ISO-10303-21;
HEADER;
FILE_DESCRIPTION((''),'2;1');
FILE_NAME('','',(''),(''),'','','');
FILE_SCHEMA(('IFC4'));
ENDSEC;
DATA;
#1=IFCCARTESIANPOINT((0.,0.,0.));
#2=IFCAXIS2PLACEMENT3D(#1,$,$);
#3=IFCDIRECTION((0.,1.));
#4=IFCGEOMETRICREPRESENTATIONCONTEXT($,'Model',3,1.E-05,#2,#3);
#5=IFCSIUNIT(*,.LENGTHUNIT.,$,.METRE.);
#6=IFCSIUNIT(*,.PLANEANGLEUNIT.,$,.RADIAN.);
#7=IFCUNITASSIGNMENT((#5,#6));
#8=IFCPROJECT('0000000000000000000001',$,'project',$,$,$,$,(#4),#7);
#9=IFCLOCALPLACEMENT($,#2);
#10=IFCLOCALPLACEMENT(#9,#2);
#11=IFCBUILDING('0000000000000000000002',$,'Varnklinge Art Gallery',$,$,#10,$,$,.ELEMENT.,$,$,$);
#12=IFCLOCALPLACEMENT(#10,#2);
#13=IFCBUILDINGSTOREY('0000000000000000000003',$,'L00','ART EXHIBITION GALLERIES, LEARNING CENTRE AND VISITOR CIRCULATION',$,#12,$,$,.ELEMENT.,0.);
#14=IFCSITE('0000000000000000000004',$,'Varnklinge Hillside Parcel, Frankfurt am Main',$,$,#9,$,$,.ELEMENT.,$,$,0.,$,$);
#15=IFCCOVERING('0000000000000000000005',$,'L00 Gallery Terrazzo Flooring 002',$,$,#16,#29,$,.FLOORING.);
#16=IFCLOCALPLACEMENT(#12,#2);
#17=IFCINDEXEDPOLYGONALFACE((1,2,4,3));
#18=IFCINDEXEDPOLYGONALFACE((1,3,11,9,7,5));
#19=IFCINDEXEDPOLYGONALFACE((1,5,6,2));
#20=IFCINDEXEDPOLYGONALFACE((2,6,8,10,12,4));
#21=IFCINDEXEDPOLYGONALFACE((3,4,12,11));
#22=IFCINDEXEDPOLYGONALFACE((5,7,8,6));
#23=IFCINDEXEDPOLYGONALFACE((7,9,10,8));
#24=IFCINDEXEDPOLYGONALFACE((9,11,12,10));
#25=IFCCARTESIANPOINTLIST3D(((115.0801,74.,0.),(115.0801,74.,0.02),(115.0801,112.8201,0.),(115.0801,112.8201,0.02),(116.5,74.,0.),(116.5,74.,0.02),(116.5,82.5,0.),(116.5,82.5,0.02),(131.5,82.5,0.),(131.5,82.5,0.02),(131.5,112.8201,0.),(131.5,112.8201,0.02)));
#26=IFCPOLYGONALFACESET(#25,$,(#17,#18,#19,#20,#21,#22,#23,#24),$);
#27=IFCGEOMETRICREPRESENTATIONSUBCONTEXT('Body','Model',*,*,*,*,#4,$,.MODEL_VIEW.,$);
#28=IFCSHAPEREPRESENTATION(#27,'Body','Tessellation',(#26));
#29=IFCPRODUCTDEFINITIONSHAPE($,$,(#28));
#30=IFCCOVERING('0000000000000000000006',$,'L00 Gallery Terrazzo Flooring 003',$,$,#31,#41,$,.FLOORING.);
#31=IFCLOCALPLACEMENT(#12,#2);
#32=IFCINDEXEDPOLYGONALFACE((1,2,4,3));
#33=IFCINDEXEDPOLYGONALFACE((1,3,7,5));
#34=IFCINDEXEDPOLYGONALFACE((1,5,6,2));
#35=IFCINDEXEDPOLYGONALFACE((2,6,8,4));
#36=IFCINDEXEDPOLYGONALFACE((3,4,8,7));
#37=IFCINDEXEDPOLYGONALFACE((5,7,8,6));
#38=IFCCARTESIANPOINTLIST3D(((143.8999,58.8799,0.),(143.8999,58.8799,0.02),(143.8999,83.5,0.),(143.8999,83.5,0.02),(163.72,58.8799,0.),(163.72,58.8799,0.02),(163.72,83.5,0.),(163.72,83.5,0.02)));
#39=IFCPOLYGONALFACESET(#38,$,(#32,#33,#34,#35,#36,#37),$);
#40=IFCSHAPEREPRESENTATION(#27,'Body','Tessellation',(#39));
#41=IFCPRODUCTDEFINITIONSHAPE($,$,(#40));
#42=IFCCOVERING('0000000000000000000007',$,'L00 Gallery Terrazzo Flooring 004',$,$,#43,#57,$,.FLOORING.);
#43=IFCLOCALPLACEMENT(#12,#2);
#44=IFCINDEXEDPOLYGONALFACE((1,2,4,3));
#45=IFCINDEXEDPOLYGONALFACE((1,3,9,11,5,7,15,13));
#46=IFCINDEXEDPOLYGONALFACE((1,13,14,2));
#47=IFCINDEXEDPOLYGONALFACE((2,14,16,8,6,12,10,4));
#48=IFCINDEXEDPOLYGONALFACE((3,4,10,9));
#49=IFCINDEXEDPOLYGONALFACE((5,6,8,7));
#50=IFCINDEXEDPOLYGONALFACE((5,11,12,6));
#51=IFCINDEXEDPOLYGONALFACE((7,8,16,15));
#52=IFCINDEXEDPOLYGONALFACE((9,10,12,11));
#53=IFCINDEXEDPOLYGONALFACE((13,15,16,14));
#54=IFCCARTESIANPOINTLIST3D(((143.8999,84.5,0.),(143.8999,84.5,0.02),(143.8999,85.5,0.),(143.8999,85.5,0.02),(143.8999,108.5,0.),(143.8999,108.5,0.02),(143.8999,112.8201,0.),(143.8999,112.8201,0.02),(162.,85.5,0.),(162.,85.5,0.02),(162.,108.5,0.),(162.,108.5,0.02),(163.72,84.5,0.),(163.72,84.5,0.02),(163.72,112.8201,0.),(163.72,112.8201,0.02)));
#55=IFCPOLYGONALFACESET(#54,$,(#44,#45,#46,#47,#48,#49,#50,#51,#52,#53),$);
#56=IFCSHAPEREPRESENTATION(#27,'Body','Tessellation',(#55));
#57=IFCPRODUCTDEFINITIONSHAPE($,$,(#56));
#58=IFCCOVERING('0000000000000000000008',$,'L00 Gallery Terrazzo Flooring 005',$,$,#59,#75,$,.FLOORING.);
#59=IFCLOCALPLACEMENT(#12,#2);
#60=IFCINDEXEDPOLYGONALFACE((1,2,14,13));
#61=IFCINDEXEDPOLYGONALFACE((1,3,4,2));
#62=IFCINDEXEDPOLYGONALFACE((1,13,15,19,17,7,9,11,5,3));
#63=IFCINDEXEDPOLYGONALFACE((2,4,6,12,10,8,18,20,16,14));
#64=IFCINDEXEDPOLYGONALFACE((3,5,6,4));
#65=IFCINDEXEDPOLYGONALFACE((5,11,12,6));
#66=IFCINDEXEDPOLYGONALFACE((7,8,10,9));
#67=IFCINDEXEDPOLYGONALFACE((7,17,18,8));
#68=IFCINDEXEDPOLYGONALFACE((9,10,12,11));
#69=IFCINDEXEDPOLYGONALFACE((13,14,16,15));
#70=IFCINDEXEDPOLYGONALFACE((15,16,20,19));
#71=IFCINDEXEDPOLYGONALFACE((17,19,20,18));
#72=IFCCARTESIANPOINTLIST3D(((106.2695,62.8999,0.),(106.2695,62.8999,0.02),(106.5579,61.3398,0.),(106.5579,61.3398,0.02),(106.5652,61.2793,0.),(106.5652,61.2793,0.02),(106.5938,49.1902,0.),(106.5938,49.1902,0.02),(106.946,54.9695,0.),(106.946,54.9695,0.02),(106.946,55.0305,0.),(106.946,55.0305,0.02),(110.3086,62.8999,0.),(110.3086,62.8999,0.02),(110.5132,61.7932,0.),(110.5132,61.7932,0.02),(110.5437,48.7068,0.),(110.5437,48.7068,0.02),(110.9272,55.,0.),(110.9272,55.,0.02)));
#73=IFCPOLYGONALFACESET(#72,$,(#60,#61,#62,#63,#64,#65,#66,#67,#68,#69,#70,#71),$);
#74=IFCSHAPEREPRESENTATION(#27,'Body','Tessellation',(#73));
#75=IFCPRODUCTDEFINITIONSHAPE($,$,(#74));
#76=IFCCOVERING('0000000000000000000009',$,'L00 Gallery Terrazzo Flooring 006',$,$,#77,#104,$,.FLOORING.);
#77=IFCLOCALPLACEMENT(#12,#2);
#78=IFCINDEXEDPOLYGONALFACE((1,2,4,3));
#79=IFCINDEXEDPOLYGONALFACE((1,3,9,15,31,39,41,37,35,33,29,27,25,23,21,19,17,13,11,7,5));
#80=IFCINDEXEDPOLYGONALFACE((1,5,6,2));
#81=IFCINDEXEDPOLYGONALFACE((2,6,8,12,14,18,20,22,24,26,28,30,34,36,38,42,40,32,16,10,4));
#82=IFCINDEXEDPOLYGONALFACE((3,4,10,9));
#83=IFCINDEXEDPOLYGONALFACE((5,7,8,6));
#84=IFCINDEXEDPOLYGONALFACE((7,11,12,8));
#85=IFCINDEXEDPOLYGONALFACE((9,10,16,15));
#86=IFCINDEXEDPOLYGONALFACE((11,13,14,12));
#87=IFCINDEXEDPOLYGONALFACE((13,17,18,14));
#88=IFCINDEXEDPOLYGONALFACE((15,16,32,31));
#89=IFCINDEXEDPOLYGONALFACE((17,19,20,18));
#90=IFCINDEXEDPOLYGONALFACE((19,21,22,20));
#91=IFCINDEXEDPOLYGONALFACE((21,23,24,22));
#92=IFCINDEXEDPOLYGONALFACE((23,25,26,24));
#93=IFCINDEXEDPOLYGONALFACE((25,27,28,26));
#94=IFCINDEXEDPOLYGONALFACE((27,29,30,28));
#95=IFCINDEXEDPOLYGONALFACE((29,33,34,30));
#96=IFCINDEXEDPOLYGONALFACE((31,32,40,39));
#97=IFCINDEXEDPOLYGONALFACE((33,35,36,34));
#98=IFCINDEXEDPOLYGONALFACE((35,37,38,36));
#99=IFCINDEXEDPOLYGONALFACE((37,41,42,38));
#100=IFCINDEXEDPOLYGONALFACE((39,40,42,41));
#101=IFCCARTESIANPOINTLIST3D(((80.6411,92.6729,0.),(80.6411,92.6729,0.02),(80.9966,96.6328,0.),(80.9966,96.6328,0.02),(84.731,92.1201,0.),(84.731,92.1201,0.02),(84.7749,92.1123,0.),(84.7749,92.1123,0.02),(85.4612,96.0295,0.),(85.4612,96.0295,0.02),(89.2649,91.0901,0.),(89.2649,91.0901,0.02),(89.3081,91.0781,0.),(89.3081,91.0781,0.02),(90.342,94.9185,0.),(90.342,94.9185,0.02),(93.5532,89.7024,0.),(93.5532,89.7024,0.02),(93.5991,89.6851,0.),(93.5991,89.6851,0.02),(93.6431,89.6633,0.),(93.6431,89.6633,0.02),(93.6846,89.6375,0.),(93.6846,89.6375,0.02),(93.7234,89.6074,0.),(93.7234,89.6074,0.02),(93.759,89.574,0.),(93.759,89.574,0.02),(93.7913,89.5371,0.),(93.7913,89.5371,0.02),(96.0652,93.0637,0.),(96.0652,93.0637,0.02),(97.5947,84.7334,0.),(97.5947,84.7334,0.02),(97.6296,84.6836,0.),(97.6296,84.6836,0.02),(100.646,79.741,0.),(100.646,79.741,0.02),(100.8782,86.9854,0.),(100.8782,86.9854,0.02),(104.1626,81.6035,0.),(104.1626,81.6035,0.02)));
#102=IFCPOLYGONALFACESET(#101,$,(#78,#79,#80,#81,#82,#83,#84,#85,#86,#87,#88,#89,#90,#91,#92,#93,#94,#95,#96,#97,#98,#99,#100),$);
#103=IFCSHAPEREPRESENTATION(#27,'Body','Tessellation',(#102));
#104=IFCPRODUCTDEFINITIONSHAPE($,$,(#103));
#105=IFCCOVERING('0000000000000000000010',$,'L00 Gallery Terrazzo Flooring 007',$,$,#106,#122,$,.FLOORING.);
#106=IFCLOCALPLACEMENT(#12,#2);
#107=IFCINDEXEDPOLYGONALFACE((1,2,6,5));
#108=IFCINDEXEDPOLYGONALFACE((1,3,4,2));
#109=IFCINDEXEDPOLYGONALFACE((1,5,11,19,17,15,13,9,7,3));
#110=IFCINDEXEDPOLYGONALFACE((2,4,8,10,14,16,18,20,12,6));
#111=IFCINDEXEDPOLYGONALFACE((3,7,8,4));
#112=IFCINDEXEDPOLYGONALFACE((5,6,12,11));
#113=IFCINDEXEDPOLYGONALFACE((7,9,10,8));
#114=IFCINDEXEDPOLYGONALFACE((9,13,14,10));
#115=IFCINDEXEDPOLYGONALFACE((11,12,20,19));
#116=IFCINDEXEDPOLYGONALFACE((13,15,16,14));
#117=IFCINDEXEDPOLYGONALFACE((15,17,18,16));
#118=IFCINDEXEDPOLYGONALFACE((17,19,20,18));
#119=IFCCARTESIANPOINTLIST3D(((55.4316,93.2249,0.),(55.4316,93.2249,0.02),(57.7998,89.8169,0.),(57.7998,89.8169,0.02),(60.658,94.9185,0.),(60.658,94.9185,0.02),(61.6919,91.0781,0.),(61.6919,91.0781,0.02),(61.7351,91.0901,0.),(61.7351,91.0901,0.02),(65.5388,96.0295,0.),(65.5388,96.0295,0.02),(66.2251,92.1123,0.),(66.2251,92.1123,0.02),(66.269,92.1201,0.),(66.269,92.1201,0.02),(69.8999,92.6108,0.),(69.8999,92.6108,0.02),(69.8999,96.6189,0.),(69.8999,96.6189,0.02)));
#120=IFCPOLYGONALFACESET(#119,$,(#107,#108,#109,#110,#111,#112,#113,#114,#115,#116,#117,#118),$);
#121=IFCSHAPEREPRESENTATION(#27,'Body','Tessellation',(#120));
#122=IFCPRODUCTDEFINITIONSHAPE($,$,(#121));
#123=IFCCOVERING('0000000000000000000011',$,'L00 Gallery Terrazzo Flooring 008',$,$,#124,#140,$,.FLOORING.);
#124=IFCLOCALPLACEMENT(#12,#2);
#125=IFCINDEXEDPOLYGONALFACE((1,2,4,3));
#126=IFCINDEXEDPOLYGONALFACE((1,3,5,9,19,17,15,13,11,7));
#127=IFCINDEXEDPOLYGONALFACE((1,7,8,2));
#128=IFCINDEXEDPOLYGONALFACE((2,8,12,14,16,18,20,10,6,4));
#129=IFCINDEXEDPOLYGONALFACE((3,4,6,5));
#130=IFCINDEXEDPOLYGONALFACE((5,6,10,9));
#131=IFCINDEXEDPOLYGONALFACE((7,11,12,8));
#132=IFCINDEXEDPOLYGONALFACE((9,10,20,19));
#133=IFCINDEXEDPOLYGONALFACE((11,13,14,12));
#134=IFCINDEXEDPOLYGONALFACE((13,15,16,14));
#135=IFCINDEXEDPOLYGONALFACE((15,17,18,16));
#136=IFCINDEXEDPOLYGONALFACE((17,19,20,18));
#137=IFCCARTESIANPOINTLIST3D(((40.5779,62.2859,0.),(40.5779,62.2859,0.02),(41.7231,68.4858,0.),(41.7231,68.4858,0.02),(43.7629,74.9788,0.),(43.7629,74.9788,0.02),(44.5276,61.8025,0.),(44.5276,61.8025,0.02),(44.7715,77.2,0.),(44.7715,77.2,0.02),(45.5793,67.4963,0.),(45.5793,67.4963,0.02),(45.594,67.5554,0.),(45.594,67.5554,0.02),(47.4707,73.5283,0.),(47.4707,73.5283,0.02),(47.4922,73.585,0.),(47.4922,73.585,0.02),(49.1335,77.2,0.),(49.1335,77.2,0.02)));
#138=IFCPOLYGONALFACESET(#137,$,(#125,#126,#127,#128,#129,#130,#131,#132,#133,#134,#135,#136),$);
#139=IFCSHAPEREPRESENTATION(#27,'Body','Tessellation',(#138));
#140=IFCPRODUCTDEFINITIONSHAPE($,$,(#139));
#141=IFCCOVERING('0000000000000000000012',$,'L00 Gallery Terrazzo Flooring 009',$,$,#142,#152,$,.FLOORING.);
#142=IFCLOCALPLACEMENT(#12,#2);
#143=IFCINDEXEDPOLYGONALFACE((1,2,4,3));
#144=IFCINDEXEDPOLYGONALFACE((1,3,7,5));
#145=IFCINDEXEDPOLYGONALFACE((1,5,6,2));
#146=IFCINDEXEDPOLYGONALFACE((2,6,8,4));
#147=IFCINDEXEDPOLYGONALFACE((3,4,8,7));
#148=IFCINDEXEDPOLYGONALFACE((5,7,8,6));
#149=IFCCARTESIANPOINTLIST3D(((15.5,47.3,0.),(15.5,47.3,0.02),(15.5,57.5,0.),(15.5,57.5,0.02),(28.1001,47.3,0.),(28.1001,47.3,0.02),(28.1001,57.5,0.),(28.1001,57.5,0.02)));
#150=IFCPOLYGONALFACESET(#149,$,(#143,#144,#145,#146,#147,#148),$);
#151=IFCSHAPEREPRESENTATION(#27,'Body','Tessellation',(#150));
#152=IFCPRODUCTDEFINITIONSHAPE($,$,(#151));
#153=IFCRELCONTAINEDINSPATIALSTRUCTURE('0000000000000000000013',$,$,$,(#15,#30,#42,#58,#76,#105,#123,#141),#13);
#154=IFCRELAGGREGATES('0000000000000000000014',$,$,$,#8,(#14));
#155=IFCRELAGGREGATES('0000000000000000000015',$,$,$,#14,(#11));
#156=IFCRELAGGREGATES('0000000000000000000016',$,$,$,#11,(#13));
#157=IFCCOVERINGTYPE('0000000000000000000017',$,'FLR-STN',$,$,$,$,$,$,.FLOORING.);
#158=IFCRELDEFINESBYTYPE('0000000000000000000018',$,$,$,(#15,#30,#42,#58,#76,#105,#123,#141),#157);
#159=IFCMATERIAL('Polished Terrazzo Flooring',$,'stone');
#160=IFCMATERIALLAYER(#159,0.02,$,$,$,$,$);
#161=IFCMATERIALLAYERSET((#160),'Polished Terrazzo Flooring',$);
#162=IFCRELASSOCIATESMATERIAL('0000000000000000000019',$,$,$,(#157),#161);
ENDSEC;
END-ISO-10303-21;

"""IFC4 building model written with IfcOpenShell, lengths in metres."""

from ifc_helpers import new_model, si_unit, direction, origin, place, context, subcontext, project, spatial, polyline, outline, extrude, material, layer, layer_set, type_object, element, save


model = new_model("IFC4")

# Units and contexts
model_context = context("Model", 3, precision=1e-05, world=origin(), true_north=direction((0.0, 1.0)))
body_context = subcontext(model_context, "Body", "Model", "MODEL_VIEW")
ifc_project = project(units=[si_unit("LENGTHUNIT", "METRE"), si_unit("PLANEANGLEUNIT", "RADIAN")], contexts=[model_context])

# Site, building, storey
site_placement = place(None, origin())
site = spatial("IfcSite", under=ifc_project, at=site_placement, Name="Varnklinge Hillside Parcel, Frankfurt am Main", CompositionType="ELEMENT", RefElevation=0.0)
building_placement = place(site_placement, origin())
building = spatial("IfcBuilding", under=site, at=building_placement, Name="Varnklinge Art Gallery", CompositionType="ELEMENT")
storey_placement = place(building_placement, origin())
storey = spatial("IfcBuildingStorey", under=building, at=storey_placement, Name="L00", Description="ART EXHIBITION GALLERIES, LEARNING CENTRE AND VISITOR CIRCULATION", CompositionType="ELEMENT", Elevation=0.0)

# Coverings
ifc_material_1 = material(Name="Polished Terrazzo Flooring", Category="stone")
ifc_layer_1 = layer(ifc_material_1, 0.02)
ifc_layer_set_1 = layer_set([ifc_layer_1], Name="Polished Terrazzo Flooring")
covering_type_1 = type_object("IfcCoveringType", Name="FLR-STN", PredefinedType="FLOORING", material=ifc_layer_set_1)
covering_1_placement = place(storey_placement, origin())
element("IfcCovering", 1, at=covering_1_placement, inside=storey, type_object=covering_type_1, Name="L00 Gallery Terrazzo Flooring 002", PredefinedType="FLOORING", context=body_context, shape_type="SweptSolid", body=[
    extrude(outline(polyline([(115.0801, 74.0), (116.5, 74.0), (116.5, 82.5), (131.5, 82.5), (131.5, 112.8201), (115.0801, 112.8201), (115.0801, 74.0)])), origin(), (0.0, 0.0, 1.0), 0.02),
])
covering_2_placement = place(storey_placement, origin())
element("IfcCovering", 2, at=covering_2_placement, inside=storey, type_object=covering_type_1, Name="L00 Gallery Terrazzo Flooring 003", PredefinedType="FLOORING", context=body_context, shape_type="SweptSolid", body=[
    extrude(outline(polyline([(143.8999, 58.8799), (163.72, 58.8799), (163.72, 83.5), (143.8999, 83.5), (143.8999, 58.8799)])), origin(), (0.0, 0.0, 1.0), 0.02),
])
covering_3_placement = place(storey_placement, origin())
element("IfcCovering", 3, at=covering_3_placement, inside=storey, type_object=covering_type_1, Name="L00 Gallery Terrazzo Flooring 004", PredefinedType="FLOORING", context=body_context, shape_type="SweptSolid", body=[
    extrude(outline(polyline([(143.8999, 84.5), (163.72, 84.5), (163.72, 112.8201), (143.8999, 112.8201), (143.8999, 108.5), (162.0, 108.5), (162.0, 85.5), (143.8999, 85.5), (143.8999, 84.5)])), origin(), (0.0, 0.0, 1.0), 0.02),
])
covering_4_placement = place(storey_placement, origin())
element("IfcCovering", 4, at=covering_4_placement, inside=storey, type_object=covering_type_1, Name="L00 Gallery Terrazzo Flooring 005", PredefinedType="FLOORING", context=body_context, shape_type="SweptSolid", body=[
    extrude(outline(polyline([(106.5652, 61.2793), (106.946, 55.0305), (106.946, 54.9695), (106.5938, 49.1902), (110.5437, 48.7068), (110.9272, 55.0), (110.5132, 61.7932), (110.3086, 62.8999), (106.2695, 62.8999), (106.5579, 61.3398), (106.5652, 61.2793)])), origin(), (0.0, 0.0, 1.0), 0.02),
])
covering_5_placement = place(storey_placement, origin())
element("IfcCovering", 5, at=covering_5_placement, inside=storey, type_object=covering_type_1, Name="L00 Gallery Terrazzo Flooring 006", PredefinedType="FLOORING", context=body_context, shape_type="SweptSolid", body=[
    extrude(outline(polyline([(89.3081, 91.0781), (93.5532, 89.7024), (93.5991, 89.6851), (93.6431, 89.6633), (93.6846, 89.6375), (93.7234, 89.6074), (93.759, 89.574), (93.7913, 89.5371), (97.5947, 84.7334), (97.6296, 84.6836), (100.646, 79.741), (104.1626, 81.6035), (100.8782, 86.9854), (96.0652, 93.0637), (90.342, 94.9185), (85.4612, 96.0295), (80.9966, 96.6328), (80.6411, 92.6729), (84.731, 92.1201), (84.7749, 92.1123), (89.2649, 91.0901), (89.3081, 91.0781)])), origin(), (0.0, 0.0, 1.0), 0.02),
])
covering_6_placement = place(storey_placement, origin())
element("IfcCovering", 6, at=covering_6_placement, inside=storey, type_object=covering_type_1, Name="L00 Gallery Terrazzo Flooring 007", PredefinedType="FLOORING", context=body_context, shape_type="SweptSolid", body=[
    extrude(outline(polyline([(69.8999, 96.6189), (65.5388, 96.0295), (60.658, 94.9185), (55.4316, 93.2249), (57.7998, 89.8169), (61.6919, 91.0781), (61.7351, 91.0901), (66.2251, 92.1123), (66.269, 92.1201), (69.8999, 92.6108), (69.8999, 96.6189)])), origin(), (0.0, 0.0, 1.0), 0.02),
])
covering_7_placement = place(storey_placement, origin())
element("IfcCovering", 7, at=covering_7_placement, inside=storey, type_object=covering_type_1, Name="L00 Gallery Terrazzo Flooring 008", PredefinedType="FLOORING", context=body_context, shape_type="SweptSolid", body=[
    extrude(outline(polyline([(40.5779, 62.2859), (44.5276, 61.8025), (45.5793, 67.4963), (45.594, 67.5554), (47.4707, 73.5283), (47.4922, 73.585), (49.1335, 77.2), (44.7715, 77.2), (43.7629, 74.9788), (41.7231, 68.4858), (40.5779, 62.2859)])), origin(), (0.0, 0.0, 1.0), 0.02),
])
covering_8_placement = place(storey_placement, origin())
element("IfcCovering", 8, at=covering_8_placement, inside=storey, type_object=covering_type_1, Name="L00 Gallery Terrazzo Flooring 009", PredefinedType="FLOORING", context=body_context, shape_type="SweptSolid", body=[
    extrude(outline(polyline([(28.1001, 57.5), (15.5, 57.5), (15.5, 47.3), (28.1001, 47.3), (28.1001, 57.5)])), origin(), (0.0, 0.0, 1.0), 0.02),
])

save(model, "model.ifc")
